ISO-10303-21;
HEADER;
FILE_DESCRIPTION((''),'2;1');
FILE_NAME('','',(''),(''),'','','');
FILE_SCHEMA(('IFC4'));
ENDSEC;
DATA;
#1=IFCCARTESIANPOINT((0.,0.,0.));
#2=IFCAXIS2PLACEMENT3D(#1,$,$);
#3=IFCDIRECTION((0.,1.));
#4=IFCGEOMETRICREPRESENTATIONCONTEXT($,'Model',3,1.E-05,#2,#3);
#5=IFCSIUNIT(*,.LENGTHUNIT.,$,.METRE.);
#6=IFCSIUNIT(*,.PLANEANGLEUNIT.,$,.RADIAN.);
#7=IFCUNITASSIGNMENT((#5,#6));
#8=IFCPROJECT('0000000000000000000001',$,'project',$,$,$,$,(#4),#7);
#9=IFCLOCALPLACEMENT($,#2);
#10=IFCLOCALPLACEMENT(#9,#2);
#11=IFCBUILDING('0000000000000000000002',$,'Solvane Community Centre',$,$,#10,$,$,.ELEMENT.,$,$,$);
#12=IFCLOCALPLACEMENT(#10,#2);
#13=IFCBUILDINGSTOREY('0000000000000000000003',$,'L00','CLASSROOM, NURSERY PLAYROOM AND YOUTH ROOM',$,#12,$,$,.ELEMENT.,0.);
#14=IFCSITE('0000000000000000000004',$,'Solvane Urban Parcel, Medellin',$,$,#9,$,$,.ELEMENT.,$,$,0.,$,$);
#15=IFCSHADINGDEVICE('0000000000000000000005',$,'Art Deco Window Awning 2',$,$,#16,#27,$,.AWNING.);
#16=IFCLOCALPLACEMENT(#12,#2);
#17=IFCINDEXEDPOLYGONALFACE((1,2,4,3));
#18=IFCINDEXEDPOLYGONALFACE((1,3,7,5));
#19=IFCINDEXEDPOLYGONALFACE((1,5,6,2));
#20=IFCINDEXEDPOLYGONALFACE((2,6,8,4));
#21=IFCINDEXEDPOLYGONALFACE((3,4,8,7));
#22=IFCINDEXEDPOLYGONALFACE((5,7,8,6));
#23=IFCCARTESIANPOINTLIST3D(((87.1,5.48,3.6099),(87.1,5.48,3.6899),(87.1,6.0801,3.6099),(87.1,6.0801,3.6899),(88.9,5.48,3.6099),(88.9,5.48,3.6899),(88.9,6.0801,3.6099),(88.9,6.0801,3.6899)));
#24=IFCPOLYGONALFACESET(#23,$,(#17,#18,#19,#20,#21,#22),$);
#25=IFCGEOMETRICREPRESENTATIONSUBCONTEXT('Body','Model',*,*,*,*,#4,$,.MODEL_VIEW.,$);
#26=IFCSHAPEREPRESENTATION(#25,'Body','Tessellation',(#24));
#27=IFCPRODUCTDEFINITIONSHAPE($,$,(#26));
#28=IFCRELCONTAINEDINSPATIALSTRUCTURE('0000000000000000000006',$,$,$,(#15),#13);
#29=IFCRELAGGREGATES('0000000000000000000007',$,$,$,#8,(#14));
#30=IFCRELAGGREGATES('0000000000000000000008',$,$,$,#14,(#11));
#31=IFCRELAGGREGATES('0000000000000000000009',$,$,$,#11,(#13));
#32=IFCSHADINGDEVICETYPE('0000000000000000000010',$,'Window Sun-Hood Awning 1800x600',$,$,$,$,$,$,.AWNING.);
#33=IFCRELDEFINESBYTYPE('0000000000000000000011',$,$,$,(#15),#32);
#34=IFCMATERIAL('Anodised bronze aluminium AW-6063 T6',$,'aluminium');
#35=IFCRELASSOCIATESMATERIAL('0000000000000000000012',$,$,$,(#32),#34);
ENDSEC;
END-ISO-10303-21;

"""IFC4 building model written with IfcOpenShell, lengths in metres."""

from ifc_helpers import new_model, si_unit, direction, frame, origin, origin_2d, place, context, subcontext, project, spatial, rectangle, extrude, material, type_object, element, save


model = new_model("IFC4")

# Units and contexts
model_context = context("Model", 3, precision=1e-05, world=origin(), true_north=direction((0.0, 1.0)))
body_context = subcontext(model_context, "Body", "Model", "MODEL_VIEW")
ifc_project = project(units=[si_unit("LENGTHUNIT", "METRE"), si_unit("PLANEANGLEUNIT", "RADIAN")], contexts=[model_context])

# Site, building, storey
site_placement = place(None, origin())
site = spatial("IfcSite", under=ifc_project, at=site_placement, Name="Solvane Urban Parcel, Medellin", CompositionType="ELEMENT", RefElevation=0.0)
building_placement = place(site_placement, origin())
building = spatial("IfcBuilding", under=site, at=building_placement, Name="Solvane Community Centre", CompositionType="ELEMENT")
storey_placement = place(building_placement, origin())
storey = spatial("IfcBuildingStorey", under=building, at=storey_placement, Name="L00", Description="CLASSROOM, NURSERY PLAYROOM AND YOUTH ROOM", CompositionType="ELEMENT", Elevation=0.0)

# Shared definitions
ifc_material_1 = material(Name="Anodised bronze aluminium AW-6063 T6", Category="aluminium")

# Shading device
shading_device_type = type_object("IfcShadingDeviceType", Name="Window Sun-Hood Awning 1800x600", PredefinedType="AWNING", material=ifc_material_1)
shading_device_placement = place(storey_placement, frame((88.0, 5.78, 3.6099), z_axis=(0.0, 0.0, 1.0), x_axis=(1.0, 0.0, 0.0)))
element("IfcShadingDevice", 1, at=shading_device_placement, inside=storey, type_object=shading_device_type, Name="Art Deco Window Awning 2", PredefinedType="AWNING", context=body_context, shape_type="SweptSolid", body=[
    extrude(rectangle(XDim=1.8, YDim=0.6001, at=origin_2d()), origin(), (0.0, 0.0, 1.0), 0.0801),
])

save(model, "model.ifc")
